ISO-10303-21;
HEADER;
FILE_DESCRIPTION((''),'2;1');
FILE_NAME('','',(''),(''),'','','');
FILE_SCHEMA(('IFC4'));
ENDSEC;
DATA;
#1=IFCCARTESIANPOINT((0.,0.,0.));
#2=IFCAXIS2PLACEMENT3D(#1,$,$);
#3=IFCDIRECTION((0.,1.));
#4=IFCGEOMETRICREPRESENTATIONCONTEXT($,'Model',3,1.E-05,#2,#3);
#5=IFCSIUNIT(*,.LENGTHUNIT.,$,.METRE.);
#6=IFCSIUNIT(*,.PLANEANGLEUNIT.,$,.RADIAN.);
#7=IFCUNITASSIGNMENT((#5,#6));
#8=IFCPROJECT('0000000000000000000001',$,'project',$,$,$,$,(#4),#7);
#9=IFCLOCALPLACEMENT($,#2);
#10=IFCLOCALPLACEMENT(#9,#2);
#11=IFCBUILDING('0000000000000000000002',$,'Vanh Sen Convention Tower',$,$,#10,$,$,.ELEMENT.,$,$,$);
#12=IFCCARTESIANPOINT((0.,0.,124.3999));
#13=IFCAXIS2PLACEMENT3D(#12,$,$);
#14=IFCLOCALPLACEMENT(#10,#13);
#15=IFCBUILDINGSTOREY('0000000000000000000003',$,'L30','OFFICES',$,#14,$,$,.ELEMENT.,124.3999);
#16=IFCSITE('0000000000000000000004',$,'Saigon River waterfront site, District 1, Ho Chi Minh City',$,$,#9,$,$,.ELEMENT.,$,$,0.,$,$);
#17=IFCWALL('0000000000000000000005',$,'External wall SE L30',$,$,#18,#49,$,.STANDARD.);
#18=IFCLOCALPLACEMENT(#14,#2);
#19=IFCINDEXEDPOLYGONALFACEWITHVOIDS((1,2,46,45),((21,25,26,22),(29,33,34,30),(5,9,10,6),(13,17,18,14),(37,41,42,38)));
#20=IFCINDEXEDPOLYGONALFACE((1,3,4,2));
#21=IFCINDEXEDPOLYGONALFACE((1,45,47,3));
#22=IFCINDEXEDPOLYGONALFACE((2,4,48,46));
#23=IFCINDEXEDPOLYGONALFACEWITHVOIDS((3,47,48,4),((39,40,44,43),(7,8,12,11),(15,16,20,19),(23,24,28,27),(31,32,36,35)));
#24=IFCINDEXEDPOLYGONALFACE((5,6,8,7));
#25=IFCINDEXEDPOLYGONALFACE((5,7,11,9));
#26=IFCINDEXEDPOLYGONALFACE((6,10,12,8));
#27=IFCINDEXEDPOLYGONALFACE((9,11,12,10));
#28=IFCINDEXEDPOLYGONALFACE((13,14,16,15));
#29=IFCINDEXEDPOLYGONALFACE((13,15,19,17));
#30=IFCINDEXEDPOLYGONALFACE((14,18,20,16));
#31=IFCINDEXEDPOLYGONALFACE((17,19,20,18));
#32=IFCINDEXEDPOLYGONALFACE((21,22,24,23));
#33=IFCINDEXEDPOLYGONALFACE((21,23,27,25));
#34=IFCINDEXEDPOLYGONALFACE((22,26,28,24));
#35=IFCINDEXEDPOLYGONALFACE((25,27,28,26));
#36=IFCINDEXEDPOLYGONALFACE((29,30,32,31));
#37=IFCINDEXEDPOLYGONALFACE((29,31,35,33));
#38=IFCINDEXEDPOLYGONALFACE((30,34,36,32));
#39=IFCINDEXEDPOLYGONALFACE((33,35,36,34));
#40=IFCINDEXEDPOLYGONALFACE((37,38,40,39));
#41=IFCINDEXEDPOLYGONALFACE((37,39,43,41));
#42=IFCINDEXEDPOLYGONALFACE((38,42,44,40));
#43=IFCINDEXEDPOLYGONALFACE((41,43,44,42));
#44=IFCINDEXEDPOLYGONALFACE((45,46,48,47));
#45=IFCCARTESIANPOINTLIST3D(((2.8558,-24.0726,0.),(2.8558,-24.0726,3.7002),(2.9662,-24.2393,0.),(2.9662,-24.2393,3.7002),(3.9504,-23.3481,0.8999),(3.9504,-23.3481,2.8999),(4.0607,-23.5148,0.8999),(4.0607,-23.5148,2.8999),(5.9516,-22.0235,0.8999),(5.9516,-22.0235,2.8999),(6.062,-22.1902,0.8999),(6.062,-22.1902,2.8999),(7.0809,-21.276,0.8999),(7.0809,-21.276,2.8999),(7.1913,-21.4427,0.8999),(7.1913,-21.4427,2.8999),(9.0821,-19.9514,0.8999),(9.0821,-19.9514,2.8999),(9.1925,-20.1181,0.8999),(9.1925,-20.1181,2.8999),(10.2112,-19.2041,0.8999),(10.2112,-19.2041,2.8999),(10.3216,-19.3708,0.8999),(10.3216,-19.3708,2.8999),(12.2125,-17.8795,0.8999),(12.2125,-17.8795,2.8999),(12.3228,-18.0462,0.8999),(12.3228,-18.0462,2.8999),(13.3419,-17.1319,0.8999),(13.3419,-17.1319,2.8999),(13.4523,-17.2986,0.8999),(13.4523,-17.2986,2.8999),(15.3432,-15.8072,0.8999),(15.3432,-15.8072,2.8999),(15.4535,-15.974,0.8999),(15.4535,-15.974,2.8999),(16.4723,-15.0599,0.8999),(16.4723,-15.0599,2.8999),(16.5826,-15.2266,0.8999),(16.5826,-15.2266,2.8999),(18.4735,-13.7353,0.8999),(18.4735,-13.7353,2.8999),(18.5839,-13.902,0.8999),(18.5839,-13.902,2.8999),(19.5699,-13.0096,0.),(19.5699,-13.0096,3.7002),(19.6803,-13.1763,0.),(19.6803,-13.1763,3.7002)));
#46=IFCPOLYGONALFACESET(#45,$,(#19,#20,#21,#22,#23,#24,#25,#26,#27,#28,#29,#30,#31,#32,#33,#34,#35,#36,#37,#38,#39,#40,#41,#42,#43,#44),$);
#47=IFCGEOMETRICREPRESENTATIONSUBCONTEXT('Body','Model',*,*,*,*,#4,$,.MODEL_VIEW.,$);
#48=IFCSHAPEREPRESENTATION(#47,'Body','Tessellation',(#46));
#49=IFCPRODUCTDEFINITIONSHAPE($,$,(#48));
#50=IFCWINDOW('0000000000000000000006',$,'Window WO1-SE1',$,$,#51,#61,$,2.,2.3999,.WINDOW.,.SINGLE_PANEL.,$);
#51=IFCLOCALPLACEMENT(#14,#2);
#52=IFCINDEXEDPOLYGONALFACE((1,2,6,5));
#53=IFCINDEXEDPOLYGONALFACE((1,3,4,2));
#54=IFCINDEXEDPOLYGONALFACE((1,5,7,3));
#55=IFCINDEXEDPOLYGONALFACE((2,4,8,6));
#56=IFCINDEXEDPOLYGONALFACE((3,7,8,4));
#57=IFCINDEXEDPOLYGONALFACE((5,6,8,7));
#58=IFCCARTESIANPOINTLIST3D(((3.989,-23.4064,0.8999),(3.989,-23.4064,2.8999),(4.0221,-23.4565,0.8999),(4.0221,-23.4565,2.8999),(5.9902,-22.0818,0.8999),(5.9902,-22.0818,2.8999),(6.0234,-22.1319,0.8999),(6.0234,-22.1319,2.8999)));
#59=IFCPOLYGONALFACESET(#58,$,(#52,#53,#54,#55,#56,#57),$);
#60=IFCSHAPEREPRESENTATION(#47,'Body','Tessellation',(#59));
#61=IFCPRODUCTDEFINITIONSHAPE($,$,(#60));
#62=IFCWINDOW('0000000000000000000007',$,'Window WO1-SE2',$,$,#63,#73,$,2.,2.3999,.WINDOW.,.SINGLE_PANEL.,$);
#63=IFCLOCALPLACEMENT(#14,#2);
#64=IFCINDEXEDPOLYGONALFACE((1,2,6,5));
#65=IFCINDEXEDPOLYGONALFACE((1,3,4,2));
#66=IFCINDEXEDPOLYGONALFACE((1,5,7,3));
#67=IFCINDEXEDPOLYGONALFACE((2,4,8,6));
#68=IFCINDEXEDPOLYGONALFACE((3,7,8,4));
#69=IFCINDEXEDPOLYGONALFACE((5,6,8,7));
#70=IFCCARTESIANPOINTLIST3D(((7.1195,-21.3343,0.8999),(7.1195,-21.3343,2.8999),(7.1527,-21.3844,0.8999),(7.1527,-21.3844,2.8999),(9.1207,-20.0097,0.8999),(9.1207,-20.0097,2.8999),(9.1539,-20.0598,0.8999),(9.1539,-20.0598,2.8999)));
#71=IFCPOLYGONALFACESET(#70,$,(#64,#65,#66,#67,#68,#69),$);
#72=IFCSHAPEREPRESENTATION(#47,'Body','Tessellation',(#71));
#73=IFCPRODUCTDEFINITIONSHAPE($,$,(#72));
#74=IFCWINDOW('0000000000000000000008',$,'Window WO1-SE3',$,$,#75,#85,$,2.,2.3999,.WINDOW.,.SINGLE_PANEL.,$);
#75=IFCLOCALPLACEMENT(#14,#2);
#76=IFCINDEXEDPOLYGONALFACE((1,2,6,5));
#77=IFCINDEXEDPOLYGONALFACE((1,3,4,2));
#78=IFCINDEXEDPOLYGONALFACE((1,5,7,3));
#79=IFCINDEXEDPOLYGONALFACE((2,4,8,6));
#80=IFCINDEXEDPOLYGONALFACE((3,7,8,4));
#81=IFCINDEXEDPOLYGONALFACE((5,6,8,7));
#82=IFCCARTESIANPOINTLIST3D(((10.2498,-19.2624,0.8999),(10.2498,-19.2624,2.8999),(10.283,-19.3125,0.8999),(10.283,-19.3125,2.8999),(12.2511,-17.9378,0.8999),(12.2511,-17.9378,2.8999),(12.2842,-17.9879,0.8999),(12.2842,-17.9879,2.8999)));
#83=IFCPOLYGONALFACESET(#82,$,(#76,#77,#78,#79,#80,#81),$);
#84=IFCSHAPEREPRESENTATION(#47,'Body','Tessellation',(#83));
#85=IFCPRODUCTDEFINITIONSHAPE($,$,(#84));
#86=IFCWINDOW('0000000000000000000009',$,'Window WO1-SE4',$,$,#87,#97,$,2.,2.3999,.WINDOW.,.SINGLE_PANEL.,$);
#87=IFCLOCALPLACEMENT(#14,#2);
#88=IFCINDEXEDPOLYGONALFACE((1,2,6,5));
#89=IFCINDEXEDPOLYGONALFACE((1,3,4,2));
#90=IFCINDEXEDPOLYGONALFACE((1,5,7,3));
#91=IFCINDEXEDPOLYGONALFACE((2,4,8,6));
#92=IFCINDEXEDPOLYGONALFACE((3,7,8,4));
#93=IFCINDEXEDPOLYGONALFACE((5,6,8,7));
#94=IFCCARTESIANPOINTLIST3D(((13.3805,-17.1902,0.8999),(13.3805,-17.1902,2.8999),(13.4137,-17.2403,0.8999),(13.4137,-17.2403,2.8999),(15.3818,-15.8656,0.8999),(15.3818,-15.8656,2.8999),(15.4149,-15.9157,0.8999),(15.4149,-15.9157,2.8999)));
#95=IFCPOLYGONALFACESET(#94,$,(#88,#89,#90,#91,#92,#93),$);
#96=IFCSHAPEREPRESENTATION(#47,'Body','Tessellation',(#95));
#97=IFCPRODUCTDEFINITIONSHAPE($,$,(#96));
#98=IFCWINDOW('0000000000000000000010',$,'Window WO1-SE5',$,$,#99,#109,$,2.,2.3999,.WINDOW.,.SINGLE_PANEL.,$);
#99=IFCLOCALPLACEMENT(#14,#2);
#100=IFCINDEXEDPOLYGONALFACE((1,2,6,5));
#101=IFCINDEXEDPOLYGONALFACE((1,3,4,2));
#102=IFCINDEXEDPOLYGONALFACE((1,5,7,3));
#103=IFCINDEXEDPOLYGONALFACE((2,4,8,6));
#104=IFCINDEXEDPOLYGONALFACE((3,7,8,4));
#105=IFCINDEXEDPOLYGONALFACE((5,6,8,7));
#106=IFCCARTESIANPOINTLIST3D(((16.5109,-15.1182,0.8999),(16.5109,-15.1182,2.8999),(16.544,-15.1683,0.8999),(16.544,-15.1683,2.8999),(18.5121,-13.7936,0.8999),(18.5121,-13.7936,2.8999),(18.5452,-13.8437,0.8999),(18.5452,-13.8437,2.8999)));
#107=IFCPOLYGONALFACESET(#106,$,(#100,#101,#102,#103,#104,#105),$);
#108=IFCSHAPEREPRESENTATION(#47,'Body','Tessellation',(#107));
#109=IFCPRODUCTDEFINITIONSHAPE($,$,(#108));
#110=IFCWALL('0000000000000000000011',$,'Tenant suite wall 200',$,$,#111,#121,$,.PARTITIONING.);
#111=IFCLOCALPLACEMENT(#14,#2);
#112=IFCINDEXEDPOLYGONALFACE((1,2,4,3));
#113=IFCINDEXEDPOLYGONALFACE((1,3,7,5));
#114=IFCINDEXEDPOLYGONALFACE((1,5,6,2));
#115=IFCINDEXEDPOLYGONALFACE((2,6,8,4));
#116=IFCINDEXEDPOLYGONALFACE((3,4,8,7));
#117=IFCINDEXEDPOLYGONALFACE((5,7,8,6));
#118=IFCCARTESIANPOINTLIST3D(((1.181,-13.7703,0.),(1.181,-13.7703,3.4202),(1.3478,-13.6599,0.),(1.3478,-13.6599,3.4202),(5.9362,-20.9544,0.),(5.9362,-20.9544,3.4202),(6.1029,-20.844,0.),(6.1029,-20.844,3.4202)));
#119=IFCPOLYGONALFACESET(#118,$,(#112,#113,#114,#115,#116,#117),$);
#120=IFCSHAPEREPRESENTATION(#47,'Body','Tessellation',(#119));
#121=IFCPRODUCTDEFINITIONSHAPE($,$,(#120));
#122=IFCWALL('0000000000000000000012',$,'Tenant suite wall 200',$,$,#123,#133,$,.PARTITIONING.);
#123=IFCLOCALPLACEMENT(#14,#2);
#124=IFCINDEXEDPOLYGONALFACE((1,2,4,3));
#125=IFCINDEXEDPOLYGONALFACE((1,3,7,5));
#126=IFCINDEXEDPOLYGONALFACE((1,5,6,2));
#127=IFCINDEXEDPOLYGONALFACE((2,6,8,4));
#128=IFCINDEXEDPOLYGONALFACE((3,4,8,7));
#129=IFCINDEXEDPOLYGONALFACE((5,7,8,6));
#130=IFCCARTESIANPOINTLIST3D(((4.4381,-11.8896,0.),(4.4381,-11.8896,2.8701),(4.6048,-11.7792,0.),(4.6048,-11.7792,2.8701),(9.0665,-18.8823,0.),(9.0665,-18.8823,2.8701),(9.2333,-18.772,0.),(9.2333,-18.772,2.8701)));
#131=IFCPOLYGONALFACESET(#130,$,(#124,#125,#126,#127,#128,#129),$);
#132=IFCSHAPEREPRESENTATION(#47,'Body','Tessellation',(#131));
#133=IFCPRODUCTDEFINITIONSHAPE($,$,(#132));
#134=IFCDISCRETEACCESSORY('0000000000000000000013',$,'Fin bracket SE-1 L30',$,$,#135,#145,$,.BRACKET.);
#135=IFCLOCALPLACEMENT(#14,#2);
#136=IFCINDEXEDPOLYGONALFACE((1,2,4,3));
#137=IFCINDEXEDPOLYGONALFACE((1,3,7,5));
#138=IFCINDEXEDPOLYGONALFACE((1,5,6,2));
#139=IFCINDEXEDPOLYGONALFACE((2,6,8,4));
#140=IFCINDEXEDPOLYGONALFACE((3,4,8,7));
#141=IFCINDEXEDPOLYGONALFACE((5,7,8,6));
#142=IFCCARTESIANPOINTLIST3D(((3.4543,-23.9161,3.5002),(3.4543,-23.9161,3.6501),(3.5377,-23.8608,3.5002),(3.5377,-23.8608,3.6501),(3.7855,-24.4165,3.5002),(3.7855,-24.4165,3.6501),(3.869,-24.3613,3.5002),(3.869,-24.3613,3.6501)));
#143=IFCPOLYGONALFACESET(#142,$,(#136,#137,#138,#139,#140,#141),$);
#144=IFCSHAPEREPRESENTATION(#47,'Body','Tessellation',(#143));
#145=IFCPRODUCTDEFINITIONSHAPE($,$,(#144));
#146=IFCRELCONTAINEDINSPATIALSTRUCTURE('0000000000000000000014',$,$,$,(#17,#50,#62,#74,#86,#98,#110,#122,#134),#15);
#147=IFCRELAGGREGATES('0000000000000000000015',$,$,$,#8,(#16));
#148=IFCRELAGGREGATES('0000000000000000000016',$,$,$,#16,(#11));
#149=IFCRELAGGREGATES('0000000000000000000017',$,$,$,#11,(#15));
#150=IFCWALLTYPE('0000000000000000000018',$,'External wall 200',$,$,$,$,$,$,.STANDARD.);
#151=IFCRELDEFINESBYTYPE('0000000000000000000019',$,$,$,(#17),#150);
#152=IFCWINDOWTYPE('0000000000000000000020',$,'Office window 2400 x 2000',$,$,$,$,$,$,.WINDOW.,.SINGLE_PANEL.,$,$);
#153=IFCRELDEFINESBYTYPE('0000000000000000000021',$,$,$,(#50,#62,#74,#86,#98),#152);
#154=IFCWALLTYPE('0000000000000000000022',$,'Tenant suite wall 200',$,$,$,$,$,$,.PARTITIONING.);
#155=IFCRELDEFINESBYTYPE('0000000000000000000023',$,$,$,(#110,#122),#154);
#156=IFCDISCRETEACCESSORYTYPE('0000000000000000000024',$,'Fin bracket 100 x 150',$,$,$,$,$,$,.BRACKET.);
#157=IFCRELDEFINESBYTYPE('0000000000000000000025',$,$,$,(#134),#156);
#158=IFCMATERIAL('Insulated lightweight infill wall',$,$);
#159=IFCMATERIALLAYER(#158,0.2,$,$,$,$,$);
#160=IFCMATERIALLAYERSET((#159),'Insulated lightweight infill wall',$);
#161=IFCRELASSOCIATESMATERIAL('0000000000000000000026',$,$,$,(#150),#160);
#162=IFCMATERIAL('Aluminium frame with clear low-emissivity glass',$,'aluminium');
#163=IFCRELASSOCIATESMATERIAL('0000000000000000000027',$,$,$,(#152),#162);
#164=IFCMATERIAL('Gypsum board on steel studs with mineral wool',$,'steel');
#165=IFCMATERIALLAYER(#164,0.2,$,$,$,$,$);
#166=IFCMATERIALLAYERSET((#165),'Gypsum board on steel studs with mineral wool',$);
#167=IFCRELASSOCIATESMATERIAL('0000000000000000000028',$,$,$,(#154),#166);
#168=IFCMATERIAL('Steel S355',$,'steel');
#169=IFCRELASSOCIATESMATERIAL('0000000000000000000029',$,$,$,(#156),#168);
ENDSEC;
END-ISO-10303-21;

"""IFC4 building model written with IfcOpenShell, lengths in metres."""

from ifc_helpers import new_model, si_unit, direction, frame, frame_2d, origin, origin_2d, place, context, subcontext, project, spatial, rectangle, extrude, material, layer, layer_set, type_object, element, fill, save


model = new_model("IFC4")

# Units and contexts
model_context = context("Model", 3, precision=1e-05, world=origin(), true_north=direction((0.0, 1.0)))
body_context = subcontext(model_context, "Body", "Model", "MODEL_VIEW")
ifc_project = project(units=[si_unit("LENGTHUNIT", "METRE"), si_unit("PLANEANGLEUNIT", "RADIAN")], contexts=[model_context])

# Site, building, storey
site_placement = place(None, origin())
site = spatial("IfcSite", under=ifc_project, at=site_placement, Name="Saigon River waterfront site, District 1, Ho Chi Minh City", CompositionType="ELEMENT", RefElevation=0.0)
building_placement = place(site_placement, origin())
building = spatial("IfcBuilding", under=site, at=building_placement, Name="Vanh Sen Convention Tower", CompositionType="ELEMENT")
storey_placement = place(building_placement, frame((0.0, 0.0, 124.3999)))
storey = spatial("IfcBuildingStorey", under=building, at=storey_placement, Name="L30", Description="OFFICES", CompositionType="ELEMENT", Elevation=124.3999)

# Shared definitions
ifc_material_1 = material(Name="Gypsum board on steel studs with mineral wool", Category="steel")

# Wall, openings, windows
ifc_material_2 = material(Name="Insulated lightweight infill wall")
ifc_layer_1 = layer(ifc_material_2, 0.2)
ifc_layer_set_1 = layer_set([ifc_layer_1], Name="Insulated lightweight infill wall")
wall_type_1 = type_object("IfcWallType", Name="External wall 200", PredefinedType="STANDARD", material=ifc_layer_set_1)
wall_1_placement = place(storey_placement, frame((2.9109, -24.156, 0.0), z_axis=(0.0, 0.0, 1.0), x_axis=(0.833882, 0.551943, 0.0)))
wall_1 = element("IfcWall", 1, at=wall_1_placement, inside=storey, type_object=wall_type_1, Name="External wall SE L30", PredefinedType="STANDARD", context=body_context, shape_type="SweptSolid", body=[
    extrude(rectangle(XDim=20.0437, YDim=0.2, at=frame_2d((10.022, 0.0))), origin(), (0.0, 0.0, 1.0), 3.7002),
])
opening_1_placement = place(wall_1_placement, frame((1.3127, 0.0, 0.8999)))
opening_1 = element("IfcOpeningElement", 2, at=opening_1_placement, cuts=wall_1, PredefinedType="OPENING", context=body_context, shape_type="SweptSolid", body=[
    extrude(rectangle(XDim=2.3999, YDim=2.0, at=frame_2d((1.2, 1.0))), frame((0.0, 0.1099, 0.0), z_axis=(0.0, -1.0, 0.0), x_axis=(1.0, 0.0, 0.0)), (0.0, 0.0, 1.0), 0.22),
])
opening_2_placement = place(wall_1_placement, frame((5.0669, 0.0, 0.8999)))
opening_2 = element("IfcOpeningElement", 3, at=opening_2_placement, cuts=wall_1, PredefinedType="OPENING", context=body_context, shape_type="SweptSolid", body=[
    extrude(rectangle(XDim=2.3999, YDim=2.0, at=frame_2d((1.2, 1.0))), frame((0.0, 0.1099, 0.0), z_axis=(0.0, -1.0, 0.0), x_axis=(1.0, 0.0, 0.0)), (0.0, 0.0, 1.0), 0.22),
])
opening_3_placement = place(wall_1_placement, frame((8.8208, 0.0, 0.8999)))
opening_3 = element("IfcOpeningElement", 4, at=opening_3_placement, cuts=wall_1, PredefinedType="OPENING", context=body_context, shape_type="SweptSolid", body=[
    extrude(rectangle(XDim=2.3999, YDim=2.0, at=frame_2d((1.2, 1.0))), frame((0.0, 0.1099, 0.0), z_axis=(0.0, -1.0, 0.0), x_axis=(1.0, 0.0, 0.0)), (0.0, 0.0, 1.0), 0.22),
])
opening_4_placement = place(wall_1_placement, frame((12.5752, 0.0, 0.8999)))
opening_4 = element("IfcOpeningElement", 5, at=opening_4_placement, cuts=wall_1, PredefinedType="OPENING", context=body_context, shape_type="SweptSolid", body=[
    extrude(rectangle(XDim=2.3999, YDim=2.0, at=frame_2d((1.2, 1.0))), frame((0.0, 0.1099, 0.0), z_axis=(0.0, -1.0, 0.0), x_axis=(1.0, 0.0, 0.0)), (0.0, 0.0, 1.0), 0.22),
])
opening_5_placement = place(wall_1_placement, frame((16.3291, 0.0, 0.8999)))
opening_5 = element("IfcOpeningElement", 6, at=opening_5_placement, cuts=wall_1, PredefinedType="OPENING", context=body_context, shape_type="SweptSolid", body=[
    extrude(rectangle(XDim=2.3999, YDim=2.0, at=frame_2d((1.2, 1.0))), frame((0.0, 0.1099, 0.0), z_axis=(0.0, -1.0, 0.0), x_axis=(1.0, 0.0, 0.0)), (0.0, 0.0, 1.0), 0.22),
])
ifc_material_3 = material(Name="Aluminium frame with clear low-emissivity glass", Category="aluminium")
window_type = type_object("IfcWindowType", Name="Office window 2400 x 2000", PartitioningType="SINGLE_PANEL", PredefinedType="WINDOW", material=ifc_material_3)
window_1_placement = place(opening_1_placement, origin())
window_1 = element("IfcWindow", 7, at=window_1_placement, inside=storey, type_object=window_type, Name="Window WO1-SE1", OverallHeight=2.0, OverallWidth=2.3999, PartitioningType="SINGLE_PANEL", PredefinedType="WINDOW", context=body_context, shape_type="SweptSolid", body=[
    extrude(rectangle(XDim=2.3999, YDim=2.0, at=frame_2d((1.2, 1.0))), frame((0.0, 0.03, 0.0), z_axis=(0.0, -1.0, 0.0), x_axis=(1.0, 0.0, 0.0)), (0.0, 0.0, 1.0), 0.0601),
])
fill(opening_1, window_1)
window_2_placement = place(opening_2_placement, origin())
window_2 = element("IfcWindow", 8, at=window_2_placement, inside=storey, type_object=window_type, Name="Window WO1-SE2", OverallHeight=2.0, OverallWidth=2.3999, PartitioningType="SINGLE_PANEL", PredefinedType="WINDOW", context=body_context, shape_type="SweptSolid", body=[
    extrude(rectangle(XDim=2.3999, YDim=2.0, at=frame_2d((1.2, 1.0))), frame((0.0, 0.03, 0.0), z_axis=(0.0, -1.0, 0.0), x_axis=(1.0, 0.0, 0.0)), (0.0, 0.0, 1.0), 0.0601),
])
fill(opening_2, window_2)
window_3_placement = place(opening_3_placement, origin())
window_3 = element("IfcWindow", 9, at=window_3_placement, inside=storey, type_object=window_type, Name="Window WO1-SE3", OverallHeight=2.0, OverallWidth=2.3999, PartitioningType="SINGLE_PANEL", PredefinedType="WINDOW", context=body_context, shape_type="SweptSolid", body=[
    extrude(rectangle(XDim=2.3999, YDim=2.0, at=frame_2d((1.2, 1.0))), frame((0.0, 0.03, 0.0), z_axis=(0.0, -1.0, 0.0), x_axis=(1.0, 0.0, 0.0)), (0.0, 0.0, 1.0), 0.0601),
])
fill(opening_3, window_3)
window_4_placement = place(opening_4_placement, origin())
window_4 = element("IfcWindow", 10, at=window_4_placement, inside=storey, type_object=window_type, Name="Window WO1-SE4", OverallHeight=2.0, OverallWidth=2.3999, PartitioningType="SINGLE_PANEL", PredefinedType="WINDOW", context=body_context, shape_type="SweptSolid", body=[
    extrude(rectangle(XDim=2.3999, YDim=2.0, at=frame_2d((1.2, 1.0))), frame((0.0, 0.03, 0.0), z_axis=(0.0, -1.0, 0.0), x_axis=(1.0, 0.0, 0.0)), (0.0, 0.0, 1.0), 0.0601),
])
fill(opening_4, window_4)
window_5_placement = place(opening_5_placement, origin())
window_5 = element("IfcWindow", 11, at=window_5_placement, inside=storey, type_object=window_type, Name="Window WO1-SE5", OverallHeight=2.0, OverallWidth=2.3999, PartitioningType="SINGLE_PANEL", PredefinedType="WINDOW", context=body_context, shape_type="SweptSolid", body=[
    extrude(rectangle(XDim=2.3999, YDim=2.0, at=frame_2d((1.2, 1.0))), frame((0.0, 0.03, 0.0), z_axis=(0.0, -1.0, 0.0), x_axis=(1.0, 0.0, 0.0)), (0.0, 0.0, 1.0), 0.0601),
])
fill(opening_5, window_5)

# Walls
ifc_layer_2 = layer(ifc_material_1, 0.2)
ifc_layer_set_2 = layer_set([ifc_layer_2], Name="Gypsum board on steel studs with mineral wool")
wall_type_2 = type_object("IfcWallType", Name="Tenant suite wall 200", PredefinedType="PARTITIONING", material=ifc_layer_set_2)
wall_2_placement = place(storey_placement, frame((6.0195, -20.8992, 0.0), z_axis=(0.0, 0.0, 1.0), x_axis=(-0.551944, 0.833881, 0.0)))
element("IfcWall", 12, at=wall_2_placement, inside=storey, type_object=wall_type_2, Name="Tenant suite wall 200", PredefinedType="PARTITIONING", context=body_context, shape_type="SweptSolid", body=[
    extrude(rectangle(XDim=8.6152, YDim=0.2, at=frame_2d((4.3076, 0.0))), origin(), (0.0, 0.0, 1.0), 3.4202),
])
wall_3_placement = place(storey_placement, frame((9.1499, -18.8271, 0.0), z_axis=(0.0, 0.0, 1.0), x_axis=(-0.551943, 0.833882, 0.0)))
element("IfcWall", 13, at=wall_3_placement, inside=storey, type_object=wall_type_2, Name="Tenant suite wall 200", PredefinedType="PARTITIONING", context=body_context, shape_type="SweptSolid", body=[
    extrude(rectangle(XDim=8.3857, YDim=0.2, at=frame_2d((4.1929, 0.0))), origin(), (0.0, 0.0, 1.0), 2.8701),
])

# Discrete accessory
ifc_material_4 = material(Name="Steel S355", Category="steel")
discrete_accessory_type = type_object("IfcDiscreteAccessoryType", Name="Fin bracket 100 x 150", PredefinedType="BRACKET", material=ifc_material_4)
discrete_accessory_placement = place(storey_placement, frame((3.6616, -24.1387, 3.5002), z_axis=(0.0, 0.0, 1.0), x_axis=(0.551937, -0.833886, 0.0)))
element("IfcDiscreteAccessory", 14, at=discrete_accessory_placement, inside=storey, type_object=discrete_accessory_type, Name="Fin bracket SE-1 L30", PredefinedType="BRACKET", context=body_context, shape_type="SweptSolid", body=[
    extrude(rectangle(XDim=0.6001, YDim=0.1001, at=origin_2d()), origin(), (0.0, 0.0, 1.0), 0.1499),
])

save(model, "model.ifc")
